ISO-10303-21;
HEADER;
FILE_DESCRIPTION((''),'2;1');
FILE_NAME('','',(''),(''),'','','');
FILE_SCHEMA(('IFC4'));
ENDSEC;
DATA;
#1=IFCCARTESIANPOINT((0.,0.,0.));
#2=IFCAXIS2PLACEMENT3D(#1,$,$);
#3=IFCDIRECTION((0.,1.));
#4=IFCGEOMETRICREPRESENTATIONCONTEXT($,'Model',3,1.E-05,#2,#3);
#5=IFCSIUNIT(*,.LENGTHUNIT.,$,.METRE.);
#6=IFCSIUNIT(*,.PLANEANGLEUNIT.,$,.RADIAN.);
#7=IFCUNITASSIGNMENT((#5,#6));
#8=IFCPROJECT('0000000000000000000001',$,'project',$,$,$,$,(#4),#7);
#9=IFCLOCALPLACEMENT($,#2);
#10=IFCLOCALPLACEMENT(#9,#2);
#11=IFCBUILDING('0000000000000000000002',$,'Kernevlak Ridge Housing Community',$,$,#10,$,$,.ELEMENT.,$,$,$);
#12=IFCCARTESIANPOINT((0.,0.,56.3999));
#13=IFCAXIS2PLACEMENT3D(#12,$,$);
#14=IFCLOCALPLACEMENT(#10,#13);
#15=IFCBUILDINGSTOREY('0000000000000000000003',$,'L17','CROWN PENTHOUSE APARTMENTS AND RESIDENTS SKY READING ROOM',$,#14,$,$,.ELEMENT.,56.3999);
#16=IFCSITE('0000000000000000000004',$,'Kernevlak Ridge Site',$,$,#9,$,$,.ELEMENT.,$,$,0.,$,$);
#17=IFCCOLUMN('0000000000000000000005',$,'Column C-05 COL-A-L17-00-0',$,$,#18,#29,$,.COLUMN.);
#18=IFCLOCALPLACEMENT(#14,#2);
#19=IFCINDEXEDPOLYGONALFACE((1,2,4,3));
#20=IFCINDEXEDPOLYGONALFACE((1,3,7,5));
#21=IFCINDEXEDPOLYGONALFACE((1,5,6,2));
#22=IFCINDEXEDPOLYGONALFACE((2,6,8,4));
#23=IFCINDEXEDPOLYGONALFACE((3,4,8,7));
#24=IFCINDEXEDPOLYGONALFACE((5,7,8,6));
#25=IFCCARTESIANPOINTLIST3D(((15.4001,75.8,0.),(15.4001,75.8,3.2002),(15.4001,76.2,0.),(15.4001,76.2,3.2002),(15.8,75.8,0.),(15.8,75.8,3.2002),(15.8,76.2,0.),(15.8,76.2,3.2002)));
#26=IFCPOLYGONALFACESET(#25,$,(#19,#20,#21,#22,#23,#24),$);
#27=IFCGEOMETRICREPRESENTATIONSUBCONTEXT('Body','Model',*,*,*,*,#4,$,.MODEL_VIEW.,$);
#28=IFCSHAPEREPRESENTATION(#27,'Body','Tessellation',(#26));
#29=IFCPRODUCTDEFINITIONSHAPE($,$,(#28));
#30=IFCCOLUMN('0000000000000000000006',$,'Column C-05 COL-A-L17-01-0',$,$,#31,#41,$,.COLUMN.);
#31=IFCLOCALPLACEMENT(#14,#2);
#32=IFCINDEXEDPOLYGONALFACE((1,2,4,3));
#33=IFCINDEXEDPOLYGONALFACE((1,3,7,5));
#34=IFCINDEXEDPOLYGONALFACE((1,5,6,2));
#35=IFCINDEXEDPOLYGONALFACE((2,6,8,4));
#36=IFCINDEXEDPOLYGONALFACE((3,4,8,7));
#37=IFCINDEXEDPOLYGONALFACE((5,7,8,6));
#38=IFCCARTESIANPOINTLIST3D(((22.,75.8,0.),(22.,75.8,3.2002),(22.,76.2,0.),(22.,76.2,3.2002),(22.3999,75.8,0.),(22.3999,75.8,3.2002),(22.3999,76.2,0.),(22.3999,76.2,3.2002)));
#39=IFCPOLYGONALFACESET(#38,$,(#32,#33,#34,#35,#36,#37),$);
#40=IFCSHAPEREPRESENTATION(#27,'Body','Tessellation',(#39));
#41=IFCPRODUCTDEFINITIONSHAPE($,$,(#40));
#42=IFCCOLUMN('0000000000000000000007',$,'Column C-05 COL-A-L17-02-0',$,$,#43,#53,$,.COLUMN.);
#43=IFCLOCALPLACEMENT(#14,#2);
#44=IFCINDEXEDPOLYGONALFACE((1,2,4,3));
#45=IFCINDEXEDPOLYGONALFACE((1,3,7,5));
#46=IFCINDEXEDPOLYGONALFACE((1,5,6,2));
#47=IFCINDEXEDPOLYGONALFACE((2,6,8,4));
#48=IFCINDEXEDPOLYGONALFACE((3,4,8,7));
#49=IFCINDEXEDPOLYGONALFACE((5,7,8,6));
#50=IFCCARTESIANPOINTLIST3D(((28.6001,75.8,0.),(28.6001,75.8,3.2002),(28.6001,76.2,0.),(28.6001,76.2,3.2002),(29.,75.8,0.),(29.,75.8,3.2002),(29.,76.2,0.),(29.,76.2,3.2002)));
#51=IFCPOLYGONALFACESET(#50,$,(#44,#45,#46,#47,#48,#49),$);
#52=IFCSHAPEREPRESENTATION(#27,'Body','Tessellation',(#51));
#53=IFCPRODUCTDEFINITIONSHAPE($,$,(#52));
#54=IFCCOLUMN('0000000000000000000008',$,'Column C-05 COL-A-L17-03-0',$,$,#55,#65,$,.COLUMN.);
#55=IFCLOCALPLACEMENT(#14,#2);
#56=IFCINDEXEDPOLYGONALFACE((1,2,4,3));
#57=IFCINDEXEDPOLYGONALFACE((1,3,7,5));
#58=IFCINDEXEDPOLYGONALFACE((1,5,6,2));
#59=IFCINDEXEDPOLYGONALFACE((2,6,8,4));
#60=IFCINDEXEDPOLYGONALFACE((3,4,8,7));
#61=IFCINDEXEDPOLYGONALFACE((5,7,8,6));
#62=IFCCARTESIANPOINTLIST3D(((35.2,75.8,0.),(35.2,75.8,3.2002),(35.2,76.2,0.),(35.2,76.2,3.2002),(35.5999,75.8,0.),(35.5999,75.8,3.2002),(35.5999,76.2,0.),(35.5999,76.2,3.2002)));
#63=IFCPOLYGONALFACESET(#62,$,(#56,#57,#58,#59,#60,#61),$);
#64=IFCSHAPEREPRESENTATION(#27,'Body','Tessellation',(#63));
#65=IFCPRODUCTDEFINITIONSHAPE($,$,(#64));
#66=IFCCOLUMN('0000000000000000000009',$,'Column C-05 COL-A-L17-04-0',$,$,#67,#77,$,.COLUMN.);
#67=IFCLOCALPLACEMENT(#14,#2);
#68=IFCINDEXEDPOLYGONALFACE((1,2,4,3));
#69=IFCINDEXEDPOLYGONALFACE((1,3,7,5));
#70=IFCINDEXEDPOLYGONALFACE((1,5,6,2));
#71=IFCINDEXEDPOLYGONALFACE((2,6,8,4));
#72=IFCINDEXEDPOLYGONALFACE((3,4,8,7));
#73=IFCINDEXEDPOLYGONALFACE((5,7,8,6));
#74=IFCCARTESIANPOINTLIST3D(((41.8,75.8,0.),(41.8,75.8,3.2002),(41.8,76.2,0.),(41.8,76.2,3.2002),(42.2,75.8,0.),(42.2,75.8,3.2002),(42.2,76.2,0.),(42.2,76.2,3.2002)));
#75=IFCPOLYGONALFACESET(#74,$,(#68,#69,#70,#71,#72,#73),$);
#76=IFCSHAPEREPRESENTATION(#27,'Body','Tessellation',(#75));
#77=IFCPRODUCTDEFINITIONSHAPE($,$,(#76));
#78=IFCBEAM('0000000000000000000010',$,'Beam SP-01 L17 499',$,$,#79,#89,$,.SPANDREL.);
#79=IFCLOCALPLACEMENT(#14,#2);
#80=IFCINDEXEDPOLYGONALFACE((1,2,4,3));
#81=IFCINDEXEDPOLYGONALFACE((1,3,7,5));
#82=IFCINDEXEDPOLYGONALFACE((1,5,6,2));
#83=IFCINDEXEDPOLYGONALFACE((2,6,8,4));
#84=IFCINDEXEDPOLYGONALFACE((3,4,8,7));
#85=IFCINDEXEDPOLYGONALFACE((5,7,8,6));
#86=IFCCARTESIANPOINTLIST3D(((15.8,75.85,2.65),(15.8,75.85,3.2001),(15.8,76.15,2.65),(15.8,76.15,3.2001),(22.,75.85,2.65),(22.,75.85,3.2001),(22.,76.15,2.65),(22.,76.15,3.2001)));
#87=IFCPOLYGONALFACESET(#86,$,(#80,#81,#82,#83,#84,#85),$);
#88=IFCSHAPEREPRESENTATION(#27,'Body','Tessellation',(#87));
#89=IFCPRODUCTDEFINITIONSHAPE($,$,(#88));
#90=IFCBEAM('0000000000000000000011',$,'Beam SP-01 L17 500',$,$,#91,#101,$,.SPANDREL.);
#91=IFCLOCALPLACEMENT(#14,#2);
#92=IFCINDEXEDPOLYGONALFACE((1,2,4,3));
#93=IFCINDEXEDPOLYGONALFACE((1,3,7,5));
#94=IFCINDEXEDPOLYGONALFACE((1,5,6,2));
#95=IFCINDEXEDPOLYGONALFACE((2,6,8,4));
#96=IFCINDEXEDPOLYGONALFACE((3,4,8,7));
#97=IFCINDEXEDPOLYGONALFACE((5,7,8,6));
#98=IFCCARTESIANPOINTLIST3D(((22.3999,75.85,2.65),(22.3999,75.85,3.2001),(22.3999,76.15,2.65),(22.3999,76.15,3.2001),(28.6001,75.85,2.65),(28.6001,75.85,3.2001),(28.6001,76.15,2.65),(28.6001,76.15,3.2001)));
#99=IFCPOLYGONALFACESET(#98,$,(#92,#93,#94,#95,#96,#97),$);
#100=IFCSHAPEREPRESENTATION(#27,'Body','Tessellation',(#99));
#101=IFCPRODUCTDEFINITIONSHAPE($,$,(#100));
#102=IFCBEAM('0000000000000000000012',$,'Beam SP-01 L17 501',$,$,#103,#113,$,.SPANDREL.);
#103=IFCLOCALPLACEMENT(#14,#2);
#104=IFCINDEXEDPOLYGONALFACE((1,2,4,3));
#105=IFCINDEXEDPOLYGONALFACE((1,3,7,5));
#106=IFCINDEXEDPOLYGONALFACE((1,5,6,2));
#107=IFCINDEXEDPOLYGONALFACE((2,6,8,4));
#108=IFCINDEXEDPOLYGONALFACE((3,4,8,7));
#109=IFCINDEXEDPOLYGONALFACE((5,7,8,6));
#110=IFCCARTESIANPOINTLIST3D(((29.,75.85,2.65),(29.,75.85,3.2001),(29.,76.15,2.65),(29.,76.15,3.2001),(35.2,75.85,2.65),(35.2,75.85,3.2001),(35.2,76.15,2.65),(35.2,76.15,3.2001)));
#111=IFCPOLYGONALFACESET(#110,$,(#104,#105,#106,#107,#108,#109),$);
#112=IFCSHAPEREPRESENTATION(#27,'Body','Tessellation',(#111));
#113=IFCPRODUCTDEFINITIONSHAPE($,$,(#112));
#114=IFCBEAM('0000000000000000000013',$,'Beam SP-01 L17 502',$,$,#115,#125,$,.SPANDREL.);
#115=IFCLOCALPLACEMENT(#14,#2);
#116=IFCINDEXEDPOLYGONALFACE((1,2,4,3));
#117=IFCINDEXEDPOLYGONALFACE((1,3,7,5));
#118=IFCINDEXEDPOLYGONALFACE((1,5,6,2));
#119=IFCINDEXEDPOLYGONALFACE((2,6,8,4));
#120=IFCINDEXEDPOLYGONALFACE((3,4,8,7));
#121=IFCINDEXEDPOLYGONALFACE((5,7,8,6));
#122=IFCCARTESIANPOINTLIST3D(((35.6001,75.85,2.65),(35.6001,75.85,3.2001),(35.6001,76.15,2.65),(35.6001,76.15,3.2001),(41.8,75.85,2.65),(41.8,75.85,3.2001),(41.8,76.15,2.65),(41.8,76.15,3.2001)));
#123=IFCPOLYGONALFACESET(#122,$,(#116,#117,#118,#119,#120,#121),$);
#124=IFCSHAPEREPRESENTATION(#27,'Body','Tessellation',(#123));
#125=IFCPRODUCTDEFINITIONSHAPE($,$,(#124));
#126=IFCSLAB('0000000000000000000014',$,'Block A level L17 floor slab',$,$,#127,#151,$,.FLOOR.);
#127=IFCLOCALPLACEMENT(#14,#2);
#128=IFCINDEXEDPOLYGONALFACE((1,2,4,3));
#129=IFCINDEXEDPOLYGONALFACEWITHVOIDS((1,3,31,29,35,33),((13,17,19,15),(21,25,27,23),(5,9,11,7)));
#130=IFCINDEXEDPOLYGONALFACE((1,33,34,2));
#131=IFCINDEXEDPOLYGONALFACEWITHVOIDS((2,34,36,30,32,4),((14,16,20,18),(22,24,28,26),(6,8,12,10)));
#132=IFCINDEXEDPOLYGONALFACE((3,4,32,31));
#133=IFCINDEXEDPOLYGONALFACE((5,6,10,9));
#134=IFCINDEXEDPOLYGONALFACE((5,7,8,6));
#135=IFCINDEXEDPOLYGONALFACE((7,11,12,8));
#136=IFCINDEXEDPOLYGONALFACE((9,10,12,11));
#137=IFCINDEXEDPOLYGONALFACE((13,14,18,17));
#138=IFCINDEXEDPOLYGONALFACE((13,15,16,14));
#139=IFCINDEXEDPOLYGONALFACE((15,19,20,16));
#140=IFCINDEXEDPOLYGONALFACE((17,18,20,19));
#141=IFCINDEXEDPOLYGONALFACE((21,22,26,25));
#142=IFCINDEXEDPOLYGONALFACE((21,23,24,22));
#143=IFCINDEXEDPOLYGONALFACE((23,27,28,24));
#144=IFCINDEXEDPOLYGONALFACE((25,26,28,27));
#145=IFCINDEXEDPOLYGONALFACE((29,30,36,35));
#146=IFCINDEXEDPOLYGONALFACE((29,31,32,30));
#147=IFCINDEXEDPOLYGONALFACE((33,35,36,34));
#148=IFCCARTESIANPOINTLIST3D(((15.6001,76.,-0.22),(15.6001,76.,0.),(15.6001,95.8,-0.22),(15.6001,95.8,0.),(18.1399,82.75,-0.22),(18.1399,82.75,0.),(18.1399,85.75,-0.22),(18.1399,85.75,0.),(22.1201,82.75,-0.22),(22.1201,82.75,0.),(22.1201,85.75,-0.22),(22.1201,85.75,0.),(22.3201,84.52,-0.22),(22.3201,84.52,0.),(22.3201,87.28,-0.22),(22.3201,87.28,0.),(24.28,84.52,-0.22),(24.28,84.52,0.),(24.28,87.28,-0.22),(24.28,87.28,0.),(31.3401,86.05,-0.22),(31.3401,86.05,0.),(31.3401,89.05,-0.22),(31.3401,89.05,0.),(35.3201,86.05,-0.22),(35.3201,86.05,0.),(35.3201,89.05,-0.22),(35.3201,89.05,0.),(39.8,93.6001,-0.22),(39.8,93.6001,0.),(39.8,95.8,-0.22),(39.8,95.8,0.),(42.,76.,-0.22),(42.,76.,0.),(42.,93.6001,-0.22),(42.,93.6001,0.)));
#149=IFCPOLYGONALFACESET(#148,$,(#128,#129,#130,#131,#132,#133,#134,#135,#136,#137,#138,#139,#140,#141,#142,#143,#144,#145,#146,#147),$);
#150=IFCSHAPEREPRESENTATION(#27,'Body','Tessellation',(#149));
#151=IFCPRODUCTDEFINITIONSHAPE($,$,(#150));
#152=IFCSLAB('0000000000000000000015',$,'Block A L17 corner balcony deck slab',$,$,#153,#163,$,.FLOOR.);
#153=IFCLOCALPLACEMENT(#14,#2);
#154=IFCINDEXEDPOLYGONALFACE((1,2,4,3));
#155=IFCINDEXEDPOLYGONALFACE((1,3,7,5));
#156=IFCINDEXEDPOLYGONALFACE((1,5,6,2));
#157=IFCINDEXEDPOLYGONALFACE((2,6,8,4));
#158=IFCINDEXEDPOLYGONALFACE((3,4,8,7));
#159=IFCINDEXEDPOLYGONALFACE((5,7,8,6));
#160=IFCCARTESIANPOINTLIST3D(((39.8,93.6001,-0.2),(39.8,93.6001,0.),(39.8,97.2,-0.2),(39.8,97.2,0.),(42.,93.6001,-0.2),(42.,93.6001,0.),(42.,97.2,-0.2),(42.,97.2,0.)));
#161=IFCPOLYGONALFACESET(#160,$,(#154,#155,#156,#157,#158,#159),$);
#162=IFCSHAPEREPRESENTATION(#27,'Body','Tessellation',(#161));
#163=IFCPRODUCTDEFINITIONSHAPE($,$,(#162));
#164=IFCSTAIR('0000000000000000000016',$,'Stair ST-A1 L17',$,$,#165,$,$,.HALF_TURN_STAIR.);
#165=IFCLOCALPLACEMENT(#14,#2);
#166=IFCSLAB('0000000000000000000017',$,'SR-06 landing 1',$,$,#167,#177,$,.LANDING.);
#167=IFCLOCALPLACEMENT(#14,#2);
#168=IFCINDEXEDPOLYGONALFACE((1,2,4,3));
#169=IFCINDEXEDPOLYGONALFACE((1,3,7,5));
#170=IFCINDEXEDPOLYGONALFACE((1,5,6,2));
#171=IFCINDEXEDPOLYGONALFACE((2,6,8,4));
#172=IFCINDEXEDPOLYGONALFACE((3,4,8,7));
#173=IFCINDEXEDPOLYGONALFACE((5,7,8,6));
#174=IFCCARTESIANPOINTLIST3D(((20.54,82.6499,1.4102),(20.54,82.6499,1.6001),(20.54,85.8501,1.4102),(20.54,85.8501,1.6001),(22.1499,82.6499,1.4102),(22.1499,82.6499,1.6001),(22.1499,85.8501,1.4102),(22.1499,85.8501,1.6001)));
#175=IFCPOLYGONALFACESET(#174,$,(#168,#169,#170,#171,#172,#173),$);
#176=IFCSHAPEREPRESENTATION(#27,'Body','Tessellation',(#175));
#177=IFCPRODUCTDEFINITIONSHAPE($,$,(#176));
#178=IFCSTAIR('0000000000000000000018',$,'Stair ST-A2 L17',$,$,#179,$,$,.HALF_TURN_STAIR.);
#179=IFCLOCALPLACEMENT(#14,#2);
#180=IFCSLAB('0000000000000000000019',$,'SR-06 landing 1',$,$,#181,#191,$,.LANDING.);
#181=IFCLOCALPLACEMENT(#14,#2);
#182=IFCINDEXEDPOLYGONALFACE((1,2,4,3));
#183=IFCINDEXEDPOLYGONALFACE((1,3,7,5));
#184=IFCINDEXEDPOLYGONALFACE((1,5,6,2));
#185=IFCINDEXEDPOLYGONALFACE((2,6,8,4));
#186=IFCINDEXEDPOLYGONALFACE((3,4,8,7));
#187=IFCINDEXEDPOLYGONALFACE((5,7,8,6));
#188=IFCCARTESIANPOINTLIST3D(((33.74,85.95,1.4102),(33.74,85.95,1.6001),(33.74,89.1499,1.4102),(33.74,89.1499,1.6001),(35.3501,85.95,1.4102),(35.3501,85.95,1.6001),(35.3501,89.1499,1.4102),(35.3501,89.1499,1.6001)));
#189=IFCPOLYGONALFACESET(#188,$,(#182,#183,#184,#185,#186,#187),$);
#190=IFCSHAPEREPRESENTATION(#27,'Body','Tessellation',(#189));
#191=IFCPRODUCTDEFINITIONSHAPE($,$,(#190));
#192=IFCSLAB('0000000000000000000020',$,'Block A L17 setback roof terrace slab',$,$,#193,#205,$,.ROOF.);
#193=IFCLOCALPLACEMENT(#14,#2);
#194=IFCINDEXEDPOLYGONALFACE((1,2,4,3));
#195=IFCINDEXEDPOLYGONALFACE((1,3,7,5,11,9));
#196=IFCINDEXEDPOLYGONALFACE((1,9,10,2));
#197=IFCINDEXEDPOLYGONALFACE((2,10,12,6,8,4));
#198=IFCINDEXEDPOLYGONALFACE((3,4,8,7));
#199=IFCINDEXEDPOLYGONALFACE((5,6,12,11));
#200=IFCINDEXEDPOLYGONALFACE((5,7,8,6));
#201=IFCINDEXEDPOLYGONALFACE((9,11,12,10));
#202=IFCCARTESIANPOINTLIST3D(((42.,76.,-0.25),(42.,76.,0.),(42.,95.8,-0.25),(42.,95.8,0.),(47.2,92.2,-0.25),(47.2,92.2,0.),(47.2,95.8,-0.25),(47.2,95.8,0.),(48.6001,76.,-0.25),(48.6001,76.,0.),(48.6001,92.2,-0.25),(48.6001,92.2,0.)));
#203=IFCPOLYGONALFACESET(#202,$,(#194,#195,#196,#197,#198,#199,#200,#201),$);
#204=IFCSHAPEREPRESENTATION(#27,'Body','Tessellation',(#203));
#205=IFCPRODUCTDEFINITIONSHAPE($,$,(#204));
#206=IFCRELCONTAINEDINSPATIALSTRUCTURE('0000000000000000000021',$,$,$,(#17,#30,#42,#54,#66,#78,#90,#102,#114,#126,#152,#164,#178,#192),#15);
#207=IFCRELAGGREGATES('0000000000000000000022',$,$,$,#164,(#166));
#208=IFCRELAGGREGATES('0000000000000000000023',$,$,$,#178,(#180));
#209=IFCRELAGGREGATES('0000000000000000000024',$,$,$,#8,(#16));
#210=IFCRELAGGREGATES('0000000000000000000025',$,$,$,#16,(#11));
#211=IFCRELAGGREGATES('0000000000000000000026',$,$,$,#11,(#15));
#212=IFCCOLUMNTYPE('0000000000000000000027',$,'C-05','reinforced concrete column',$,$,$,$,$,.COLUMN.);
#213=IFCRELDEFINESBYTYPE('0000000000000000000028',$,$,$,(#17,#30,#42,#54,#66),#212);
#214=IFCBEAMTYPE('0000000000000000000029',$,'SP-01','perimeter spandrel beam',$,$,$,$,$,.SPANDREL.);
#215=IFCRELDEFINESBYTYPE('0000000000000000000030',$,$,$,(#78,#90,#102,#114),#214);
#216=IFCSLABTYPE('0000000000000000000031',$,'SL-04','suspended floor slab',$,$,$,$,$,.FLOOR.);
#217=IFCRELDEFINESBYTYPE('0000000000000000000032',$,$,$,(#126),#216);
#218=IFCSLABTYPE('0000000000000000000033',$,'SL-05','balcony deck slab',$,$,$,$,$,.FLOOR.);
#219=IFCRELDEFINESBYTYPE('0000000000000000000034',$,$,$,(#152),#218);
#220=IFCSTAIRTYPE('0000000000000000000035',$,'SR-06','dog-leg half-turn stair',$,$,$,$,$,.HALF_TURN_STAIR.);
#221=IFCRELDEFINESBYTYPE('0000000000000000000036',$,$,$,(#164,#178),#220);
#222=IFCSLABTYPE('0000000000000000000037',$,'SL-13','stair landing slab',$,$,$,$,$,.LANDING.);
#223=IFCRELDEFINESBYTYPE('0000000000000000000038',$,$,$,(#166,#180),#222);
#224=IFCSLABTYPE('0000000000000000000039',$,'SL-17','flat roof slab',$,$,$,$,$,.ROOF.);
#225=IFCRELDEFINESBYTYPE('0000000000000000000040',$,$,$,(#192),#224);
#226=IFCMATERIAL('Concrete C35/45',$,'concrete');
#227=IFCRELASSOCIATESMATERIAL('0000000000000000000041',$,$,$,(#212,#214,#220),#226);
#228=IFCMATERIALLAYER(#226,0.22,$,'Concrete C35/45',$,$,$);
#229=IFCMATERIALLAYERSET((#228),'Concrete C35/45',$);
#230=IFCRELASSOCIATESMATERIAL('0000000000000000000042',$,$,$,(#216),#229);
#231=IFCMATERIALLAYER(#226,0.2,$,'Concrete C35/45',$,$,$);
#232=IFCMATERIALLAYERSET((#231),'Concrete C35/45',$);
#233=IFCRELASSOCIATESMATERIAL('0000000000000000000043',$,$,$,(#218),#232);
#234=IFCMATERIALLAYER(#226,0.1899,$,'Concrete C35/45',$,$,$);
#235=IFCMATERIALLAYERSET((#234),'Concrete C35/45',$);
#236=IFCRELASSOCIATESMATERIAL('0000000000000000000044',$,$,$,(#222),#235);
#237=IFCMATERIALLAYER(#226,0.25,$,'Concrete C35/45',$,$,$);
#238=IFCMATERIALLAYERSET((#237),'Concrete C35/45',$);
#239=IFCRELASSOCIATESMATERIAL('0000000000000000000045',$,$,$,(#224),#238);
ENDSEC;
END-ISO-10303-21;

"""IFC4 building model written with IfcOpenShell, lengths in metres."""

from ifc_helpers import new_model, si_unit, direction, frame, origin, origin_2d, place, context, subcontext, project, spatial, polyline, rectangle, outline, extrude, material, layer, layer_set, material_profile, profile_set, type_object, element, aggregate, save


model = new_model("IFC4")

# Units and contexts
model_context = context("Model", 3, precision=1e-05, world=origin(), true_north=direction((0.0, 1.0)))
body_context = subcontext(model_context, "Body", "Model", "MODEL_VIEW")
ifc_project = project(units=[si_unit("LENGTHUNIT", "METRE"), si_unit("PLANEANGLEUNIT", "RADIAN")], contexts=[model_context])

# Site, building, storey
site_placement = place(None, origin())
site = spatial("IfcSite", under=ifc_project, at=site_placement, Name="Kernevlak Ridge Site", CompositionType="ELEMENT", RefElevation=0.0)
building_placement = place(site_placement, origin())
building = spatial("IfcBuilding", under=site, at=building_placement, Name="Kernevlak Ridge Housing Community", CompositionType="ELEMENT")
storey_placement = place(building_placement, frame((0.0, 0.0, 56.3999)))
storey = spatial("IfcBuildingStorey", under=building, at=storey_placement, Name="L17", Description="CROWN PENTHOUSE APARTMENTS AND RESIDENTS SKY READING ROOM", CompositionType="ELEMENT", Elevation=56.3999)

# Columns
ifc_material_1 = material(Name="Concrete C35/45", Category="concrete")
ifc_material_profile_1 = material_profile(ifc_material_1, rectangle(XDim=0.3999, YDim=0.3999, at=origin_2d()), Name="RC 400x400")
ifc_profile_set_1 = profile_set([ifc_material_profile_1], Name="Concrete C35/45")
column_type = type_object("IfcColumnType", Name="C-05", Description="reinforced concrete column", PredefinedType="COLUMN", material=ifc_profile_set_1)
for number, where, z_axis, x_axis, name in (
    (1, (15.6001, 76.0, 0.0), (0.0, 0.0, 1.0), (1.0, 0.0, 0.0), "Column C-05 COL-A-L17-00-0"),
    (2, (22.2, 76.0, 0.0), (0.0, 0.0, 1.0), (1.0, 0.0, 0.0), "Column C-05 COL-A-L17-01-0"),
    (3, (28.8, 76.0, 0.0), (0.0, 0.0, 1.0), (1.0, 0.0, 0.0), "Column C-05 COL-A-L17-02-0"),
    (4, (35.3999, 76.0, 0.0), (0.0, 0.0, 1.0), (1.0, 0.0, 0.0), "Column C-05 COL-A-L17-03-0"),
    (5, (42.0, 76.0, 0.0), (0.0, 0.0, 1.0), (1.0, 0.0, 0.0), "Column C-05 COL-A-L17-04-0"),
):
    element("IfcColumn", number, at=place(storey_placement, frame(where, z_axis=z_axis, x_axis=x_axis)), inside=storey, type_object=column_type, Name=name, PredefinedType="COLUMN", context=body_context, shape_type="SweptSolid", body=[
        extrude(rectangle(XDim=0.3999, YDim=0.3999, at=origin_2d()), origin(), (0.0, 0.0, 1.0), 3.2002),
    ])

# Beams
ifc_material_profile_2 = material_profile(ifc_material_1, rectangle(XDim=0.3, YDim=0.55, at=origin_2d()), Name="RC 300x550")
ifc_profile_set_2 = profile_set([ifc_material_profile_2], Name="Concrete C35/45")
beam_type = type_object("IfcBeamType", Name="SP-01", Description="perimeter spandrel beam", PredefinedType="SPANDREL", material=ifc_profile_set_2)
beam_1_placement = place(storey_placement, frame((15.8, 76.0, 2.925), z_axis=(1.0, 0.0, 0.0), x_axis=(0.0, 1.0, 0.0)))
element("IfcBeam", 6, at=beam_1_placement, inside=storey, type_object=beam_type, Name="Beam SP-01 L17 499", PredefinedType="SPANDREL", context=body_context, shape_type="SweptSolid", body=[
    extrude(rectangle(XDim=0.3, YDim=0.55, at=origin_2d()), origin(), (0.0, 0.0, 1.0), 6.2),
])
beam_2_placement = place(storey_placement, frame((22.3999, 76.0, 2.925), z_axis=(1.0, 0.0, 0.0), x_axis=(0.0, 1.0, 0.0)))
element("IfcBeam", 7, at=beam_2_placement, inside=storey, type_object=beam_type, Name="Beam SP-01 L17 500", PredefinedType="SPANDREL", context=body_context, shape_type="SweptSolid", body=[
    extrude(rectangle(XDim=0.3, YDim=0.55, at=origin_2d()), origin(), (0.0, 0.0, 1.0), 6.2002),
])
for number, where, z_axis, x_axis, name in (
    (8, (29.0, 76.0, 2.925), (1.0, 0.0, 0.0), (0.0, 1.0, 0.0), "Beam SP-01 L17 501"),
    (9, (35.6001, 76.0, 2.925), (1.0, 0.0, 0.0), (0.0, 1.0, 0.0), "Beam SP-01 L17 502"),
):
    element("IfcBeam", number, at=place(storey_placement, frame(where, z_axis=z_axis, x_axis=x_axis)), inside=storey, type_object=beam_type, Name=name, PredefinedType="SPANDREL", context=body_context, shape_type="SweptSolid", body=[
        extrude(rectangle(XDim=0.3, YDim=0.55, at=origin_2d()), origin(), (0.0, 0.0, 1.0), 6.2),
    ])

# Slabs
ifc_layer_1 = layer(ifc_material_1, 0.22, Name="Concrete C35/45")
ifc_layer_set_1 = layer_set([ifc_layer_1], Name="Concrete C35/45")
slab_type_1 = type_object("IfcSlabType", Name="SL-04", Description="suspended floor slab", PredefinedType="FLOOR", material=ifc_layer_set_1)
slab_1_placement = place(storey_placement, frame((0.0, 0.0, -0.22)))
element("IfcSlab", 10, at=slab_1_placement, inside=storey, type_object=slab_type_1, Name="Block A level L17 floor slab", PredefinedType="FLOOR", context=body_context, shape_type="SweptSolid", body=[
    extrude(outline(polyline([(15.6001, 76.0), (42.0, 76.0), (42.0, 93.6001), (39.8, 93.6001), (39.8, 95.8), (15.6001, 95.8), (15.6001, 76.0)]), holes=[polyline([(18.1399, 85.75), (22.1201, 85.75), (22.1201, 82.75), (18.1399, 82.75), (18.1399, 85.75)]), polyline([(31.3401, 89.05), (35.3201, 89.05), (35.3201, 86.05), (31.3401, 86.05), (31.3401, 89.05)]), polyline([(22.3201, 87.28), (24.28, 87.28), (24.28, 84.52), (22.3201, 84.52), (22.3201, 87.28)])]), origin(), (0.0, 0.0, 1.0), 0.22),
])
ifc_layer_2 = layer(ifc_material_1, 0.2, Name="Concrete C35/45")
ifc_layer_set_2 = layer_set([ifc_layer_2], Name="Concrete C35/45")
slab_type_2 = type_object("IfcSlabType", Name="SL-05", Description="balcony deck slab", PredefinedType="FLOOR", material=ifc_layer_set_2)
slab_2_placement = place(storey_placement, frame((0.0, 0.0, -0.2)))
element("IfcSlab", 11, at=slab_2_placement, inside=storey, type_object=slab_type_2, Name="Block A L17 corner balcony deck slab", PredefinedType="FLOOR", context=body_context, shape_type="SweptSolid", body=[
    extrude(outline(polyline([(39.8, 93.6001), (42.0, 93.6001), (42.0, 97.2), (39.8, 97.2), (39.8, 93.6001)])), origin(), (0.0, 0.0, 1.0), 0.2),
])

# Stairs, slabs
stair_type = type_object("IfcStairType", Name="SR-06", Description="dog-leg half-turn stair", PredefinedType="HALF_TURN_STAIR", material=ifc_material_1)
stair_1_placement = place(storey_placement, origin())
stair_1 = element("IfcStair", 12, at=stair_1_placement, inside=storey, type_object=stair_type, Name="Stair ST-A1 L17", PredefinedType="HALF_TURN_STAIR")
ifc_layer_3 = layer(ifc_material_1, 0.1899, Name="Concrete C35/45")
ifc_layer_set_3 = layer_set([ifc_layer_3], Name="Concrete C35/45")
slab_type_3 = type_object("IfcSlabType", Name="SL-13", Description="stair landing slab", PredefinedType="LANDING", material=ifc_layer_set_3)
slab_3_placement = place(storey_placement, frame((0.0, 0.0, 1.4102)))
slab_3 = element("IfcSlab", 13, at=slab_3_placement, type_object=slab_type_3, Name="SR-06 landing 1", PredefinedType="LANDING", context=body_context, shape_type="SweptSolid", body=[
    extrude(outline(polyline([(20.54, 82.6499), (22.1499, 82.6499), (22.1499, 85.8501), (20.54, 85.8501), (20.54, 82.6499)])), origin(), (0.0, 0.0, 1.0), 0.1899),
])
aggregate(stair_1, [slab_3])
stair_2_placement = place(storey_placement, origin())
stair_2 = element("IfcStair", 14, at=stair_2_placement, inside=storey, type_object=stair_type, Name="Stair ST-A2 L17", PredefinedType="HALF_TURN_STAIR")
slab_4_placement = place(storey_placement, frame((0.0, 0.0, 1.4102)))
slab_4 = element("IfcSlab", 15, at=slab_4_placement, type_object=slab_type_3, Name="SR-06 landing 1", PredefinedType="LANDING", context=body_context, shape_type="SweptSolid", body=[
    extrude(outline(polyline([(33.74, 85.95), (35.3501, 85.95), (35.3501, 89.1499), (33.74, 89.1499), (33.74, 85.95)])), origin(), (0.0, 0.0, 1.0), 0.1899),
])
aggregate(stair_2, [slab_4])

# Slab
ifc_layer_4 = layer(ifc_material_1, 0.25, Name="Concrete C35/45")
ifc_layer_set_4 = layer_set([ifc_layer_4], Name="Concrete C35/45")
slab_type_4 = type_object("IfcSlabType", Name="SL-17", Description="flat roof slab", PredefinedType="ROOF", material=ifc_layer_set_4)
slab_5_placement = place(storey_placement, frame((0.0, 0.0, -0.25)))
element("IfcSlab", 16, at=slab_5_placement, inside=storey, type_object=slab_type_4, Name="Block A L17 setback roof terrace slab", PredefinedType="ROOF", context=body_context, shape_type="SweptSolid", body=[
    extrude(outline(polyline([(42.0, 76.0), (48.6001, 76.0), (48.6001, 92.2), (47.2, 92.2), (47.2, 95.8), (42.0, 95.8), (42.0, 76.0)])), origin(), (0.0, 0.0, 1.0), 0.25),
])

save(model, "model.ifc")
